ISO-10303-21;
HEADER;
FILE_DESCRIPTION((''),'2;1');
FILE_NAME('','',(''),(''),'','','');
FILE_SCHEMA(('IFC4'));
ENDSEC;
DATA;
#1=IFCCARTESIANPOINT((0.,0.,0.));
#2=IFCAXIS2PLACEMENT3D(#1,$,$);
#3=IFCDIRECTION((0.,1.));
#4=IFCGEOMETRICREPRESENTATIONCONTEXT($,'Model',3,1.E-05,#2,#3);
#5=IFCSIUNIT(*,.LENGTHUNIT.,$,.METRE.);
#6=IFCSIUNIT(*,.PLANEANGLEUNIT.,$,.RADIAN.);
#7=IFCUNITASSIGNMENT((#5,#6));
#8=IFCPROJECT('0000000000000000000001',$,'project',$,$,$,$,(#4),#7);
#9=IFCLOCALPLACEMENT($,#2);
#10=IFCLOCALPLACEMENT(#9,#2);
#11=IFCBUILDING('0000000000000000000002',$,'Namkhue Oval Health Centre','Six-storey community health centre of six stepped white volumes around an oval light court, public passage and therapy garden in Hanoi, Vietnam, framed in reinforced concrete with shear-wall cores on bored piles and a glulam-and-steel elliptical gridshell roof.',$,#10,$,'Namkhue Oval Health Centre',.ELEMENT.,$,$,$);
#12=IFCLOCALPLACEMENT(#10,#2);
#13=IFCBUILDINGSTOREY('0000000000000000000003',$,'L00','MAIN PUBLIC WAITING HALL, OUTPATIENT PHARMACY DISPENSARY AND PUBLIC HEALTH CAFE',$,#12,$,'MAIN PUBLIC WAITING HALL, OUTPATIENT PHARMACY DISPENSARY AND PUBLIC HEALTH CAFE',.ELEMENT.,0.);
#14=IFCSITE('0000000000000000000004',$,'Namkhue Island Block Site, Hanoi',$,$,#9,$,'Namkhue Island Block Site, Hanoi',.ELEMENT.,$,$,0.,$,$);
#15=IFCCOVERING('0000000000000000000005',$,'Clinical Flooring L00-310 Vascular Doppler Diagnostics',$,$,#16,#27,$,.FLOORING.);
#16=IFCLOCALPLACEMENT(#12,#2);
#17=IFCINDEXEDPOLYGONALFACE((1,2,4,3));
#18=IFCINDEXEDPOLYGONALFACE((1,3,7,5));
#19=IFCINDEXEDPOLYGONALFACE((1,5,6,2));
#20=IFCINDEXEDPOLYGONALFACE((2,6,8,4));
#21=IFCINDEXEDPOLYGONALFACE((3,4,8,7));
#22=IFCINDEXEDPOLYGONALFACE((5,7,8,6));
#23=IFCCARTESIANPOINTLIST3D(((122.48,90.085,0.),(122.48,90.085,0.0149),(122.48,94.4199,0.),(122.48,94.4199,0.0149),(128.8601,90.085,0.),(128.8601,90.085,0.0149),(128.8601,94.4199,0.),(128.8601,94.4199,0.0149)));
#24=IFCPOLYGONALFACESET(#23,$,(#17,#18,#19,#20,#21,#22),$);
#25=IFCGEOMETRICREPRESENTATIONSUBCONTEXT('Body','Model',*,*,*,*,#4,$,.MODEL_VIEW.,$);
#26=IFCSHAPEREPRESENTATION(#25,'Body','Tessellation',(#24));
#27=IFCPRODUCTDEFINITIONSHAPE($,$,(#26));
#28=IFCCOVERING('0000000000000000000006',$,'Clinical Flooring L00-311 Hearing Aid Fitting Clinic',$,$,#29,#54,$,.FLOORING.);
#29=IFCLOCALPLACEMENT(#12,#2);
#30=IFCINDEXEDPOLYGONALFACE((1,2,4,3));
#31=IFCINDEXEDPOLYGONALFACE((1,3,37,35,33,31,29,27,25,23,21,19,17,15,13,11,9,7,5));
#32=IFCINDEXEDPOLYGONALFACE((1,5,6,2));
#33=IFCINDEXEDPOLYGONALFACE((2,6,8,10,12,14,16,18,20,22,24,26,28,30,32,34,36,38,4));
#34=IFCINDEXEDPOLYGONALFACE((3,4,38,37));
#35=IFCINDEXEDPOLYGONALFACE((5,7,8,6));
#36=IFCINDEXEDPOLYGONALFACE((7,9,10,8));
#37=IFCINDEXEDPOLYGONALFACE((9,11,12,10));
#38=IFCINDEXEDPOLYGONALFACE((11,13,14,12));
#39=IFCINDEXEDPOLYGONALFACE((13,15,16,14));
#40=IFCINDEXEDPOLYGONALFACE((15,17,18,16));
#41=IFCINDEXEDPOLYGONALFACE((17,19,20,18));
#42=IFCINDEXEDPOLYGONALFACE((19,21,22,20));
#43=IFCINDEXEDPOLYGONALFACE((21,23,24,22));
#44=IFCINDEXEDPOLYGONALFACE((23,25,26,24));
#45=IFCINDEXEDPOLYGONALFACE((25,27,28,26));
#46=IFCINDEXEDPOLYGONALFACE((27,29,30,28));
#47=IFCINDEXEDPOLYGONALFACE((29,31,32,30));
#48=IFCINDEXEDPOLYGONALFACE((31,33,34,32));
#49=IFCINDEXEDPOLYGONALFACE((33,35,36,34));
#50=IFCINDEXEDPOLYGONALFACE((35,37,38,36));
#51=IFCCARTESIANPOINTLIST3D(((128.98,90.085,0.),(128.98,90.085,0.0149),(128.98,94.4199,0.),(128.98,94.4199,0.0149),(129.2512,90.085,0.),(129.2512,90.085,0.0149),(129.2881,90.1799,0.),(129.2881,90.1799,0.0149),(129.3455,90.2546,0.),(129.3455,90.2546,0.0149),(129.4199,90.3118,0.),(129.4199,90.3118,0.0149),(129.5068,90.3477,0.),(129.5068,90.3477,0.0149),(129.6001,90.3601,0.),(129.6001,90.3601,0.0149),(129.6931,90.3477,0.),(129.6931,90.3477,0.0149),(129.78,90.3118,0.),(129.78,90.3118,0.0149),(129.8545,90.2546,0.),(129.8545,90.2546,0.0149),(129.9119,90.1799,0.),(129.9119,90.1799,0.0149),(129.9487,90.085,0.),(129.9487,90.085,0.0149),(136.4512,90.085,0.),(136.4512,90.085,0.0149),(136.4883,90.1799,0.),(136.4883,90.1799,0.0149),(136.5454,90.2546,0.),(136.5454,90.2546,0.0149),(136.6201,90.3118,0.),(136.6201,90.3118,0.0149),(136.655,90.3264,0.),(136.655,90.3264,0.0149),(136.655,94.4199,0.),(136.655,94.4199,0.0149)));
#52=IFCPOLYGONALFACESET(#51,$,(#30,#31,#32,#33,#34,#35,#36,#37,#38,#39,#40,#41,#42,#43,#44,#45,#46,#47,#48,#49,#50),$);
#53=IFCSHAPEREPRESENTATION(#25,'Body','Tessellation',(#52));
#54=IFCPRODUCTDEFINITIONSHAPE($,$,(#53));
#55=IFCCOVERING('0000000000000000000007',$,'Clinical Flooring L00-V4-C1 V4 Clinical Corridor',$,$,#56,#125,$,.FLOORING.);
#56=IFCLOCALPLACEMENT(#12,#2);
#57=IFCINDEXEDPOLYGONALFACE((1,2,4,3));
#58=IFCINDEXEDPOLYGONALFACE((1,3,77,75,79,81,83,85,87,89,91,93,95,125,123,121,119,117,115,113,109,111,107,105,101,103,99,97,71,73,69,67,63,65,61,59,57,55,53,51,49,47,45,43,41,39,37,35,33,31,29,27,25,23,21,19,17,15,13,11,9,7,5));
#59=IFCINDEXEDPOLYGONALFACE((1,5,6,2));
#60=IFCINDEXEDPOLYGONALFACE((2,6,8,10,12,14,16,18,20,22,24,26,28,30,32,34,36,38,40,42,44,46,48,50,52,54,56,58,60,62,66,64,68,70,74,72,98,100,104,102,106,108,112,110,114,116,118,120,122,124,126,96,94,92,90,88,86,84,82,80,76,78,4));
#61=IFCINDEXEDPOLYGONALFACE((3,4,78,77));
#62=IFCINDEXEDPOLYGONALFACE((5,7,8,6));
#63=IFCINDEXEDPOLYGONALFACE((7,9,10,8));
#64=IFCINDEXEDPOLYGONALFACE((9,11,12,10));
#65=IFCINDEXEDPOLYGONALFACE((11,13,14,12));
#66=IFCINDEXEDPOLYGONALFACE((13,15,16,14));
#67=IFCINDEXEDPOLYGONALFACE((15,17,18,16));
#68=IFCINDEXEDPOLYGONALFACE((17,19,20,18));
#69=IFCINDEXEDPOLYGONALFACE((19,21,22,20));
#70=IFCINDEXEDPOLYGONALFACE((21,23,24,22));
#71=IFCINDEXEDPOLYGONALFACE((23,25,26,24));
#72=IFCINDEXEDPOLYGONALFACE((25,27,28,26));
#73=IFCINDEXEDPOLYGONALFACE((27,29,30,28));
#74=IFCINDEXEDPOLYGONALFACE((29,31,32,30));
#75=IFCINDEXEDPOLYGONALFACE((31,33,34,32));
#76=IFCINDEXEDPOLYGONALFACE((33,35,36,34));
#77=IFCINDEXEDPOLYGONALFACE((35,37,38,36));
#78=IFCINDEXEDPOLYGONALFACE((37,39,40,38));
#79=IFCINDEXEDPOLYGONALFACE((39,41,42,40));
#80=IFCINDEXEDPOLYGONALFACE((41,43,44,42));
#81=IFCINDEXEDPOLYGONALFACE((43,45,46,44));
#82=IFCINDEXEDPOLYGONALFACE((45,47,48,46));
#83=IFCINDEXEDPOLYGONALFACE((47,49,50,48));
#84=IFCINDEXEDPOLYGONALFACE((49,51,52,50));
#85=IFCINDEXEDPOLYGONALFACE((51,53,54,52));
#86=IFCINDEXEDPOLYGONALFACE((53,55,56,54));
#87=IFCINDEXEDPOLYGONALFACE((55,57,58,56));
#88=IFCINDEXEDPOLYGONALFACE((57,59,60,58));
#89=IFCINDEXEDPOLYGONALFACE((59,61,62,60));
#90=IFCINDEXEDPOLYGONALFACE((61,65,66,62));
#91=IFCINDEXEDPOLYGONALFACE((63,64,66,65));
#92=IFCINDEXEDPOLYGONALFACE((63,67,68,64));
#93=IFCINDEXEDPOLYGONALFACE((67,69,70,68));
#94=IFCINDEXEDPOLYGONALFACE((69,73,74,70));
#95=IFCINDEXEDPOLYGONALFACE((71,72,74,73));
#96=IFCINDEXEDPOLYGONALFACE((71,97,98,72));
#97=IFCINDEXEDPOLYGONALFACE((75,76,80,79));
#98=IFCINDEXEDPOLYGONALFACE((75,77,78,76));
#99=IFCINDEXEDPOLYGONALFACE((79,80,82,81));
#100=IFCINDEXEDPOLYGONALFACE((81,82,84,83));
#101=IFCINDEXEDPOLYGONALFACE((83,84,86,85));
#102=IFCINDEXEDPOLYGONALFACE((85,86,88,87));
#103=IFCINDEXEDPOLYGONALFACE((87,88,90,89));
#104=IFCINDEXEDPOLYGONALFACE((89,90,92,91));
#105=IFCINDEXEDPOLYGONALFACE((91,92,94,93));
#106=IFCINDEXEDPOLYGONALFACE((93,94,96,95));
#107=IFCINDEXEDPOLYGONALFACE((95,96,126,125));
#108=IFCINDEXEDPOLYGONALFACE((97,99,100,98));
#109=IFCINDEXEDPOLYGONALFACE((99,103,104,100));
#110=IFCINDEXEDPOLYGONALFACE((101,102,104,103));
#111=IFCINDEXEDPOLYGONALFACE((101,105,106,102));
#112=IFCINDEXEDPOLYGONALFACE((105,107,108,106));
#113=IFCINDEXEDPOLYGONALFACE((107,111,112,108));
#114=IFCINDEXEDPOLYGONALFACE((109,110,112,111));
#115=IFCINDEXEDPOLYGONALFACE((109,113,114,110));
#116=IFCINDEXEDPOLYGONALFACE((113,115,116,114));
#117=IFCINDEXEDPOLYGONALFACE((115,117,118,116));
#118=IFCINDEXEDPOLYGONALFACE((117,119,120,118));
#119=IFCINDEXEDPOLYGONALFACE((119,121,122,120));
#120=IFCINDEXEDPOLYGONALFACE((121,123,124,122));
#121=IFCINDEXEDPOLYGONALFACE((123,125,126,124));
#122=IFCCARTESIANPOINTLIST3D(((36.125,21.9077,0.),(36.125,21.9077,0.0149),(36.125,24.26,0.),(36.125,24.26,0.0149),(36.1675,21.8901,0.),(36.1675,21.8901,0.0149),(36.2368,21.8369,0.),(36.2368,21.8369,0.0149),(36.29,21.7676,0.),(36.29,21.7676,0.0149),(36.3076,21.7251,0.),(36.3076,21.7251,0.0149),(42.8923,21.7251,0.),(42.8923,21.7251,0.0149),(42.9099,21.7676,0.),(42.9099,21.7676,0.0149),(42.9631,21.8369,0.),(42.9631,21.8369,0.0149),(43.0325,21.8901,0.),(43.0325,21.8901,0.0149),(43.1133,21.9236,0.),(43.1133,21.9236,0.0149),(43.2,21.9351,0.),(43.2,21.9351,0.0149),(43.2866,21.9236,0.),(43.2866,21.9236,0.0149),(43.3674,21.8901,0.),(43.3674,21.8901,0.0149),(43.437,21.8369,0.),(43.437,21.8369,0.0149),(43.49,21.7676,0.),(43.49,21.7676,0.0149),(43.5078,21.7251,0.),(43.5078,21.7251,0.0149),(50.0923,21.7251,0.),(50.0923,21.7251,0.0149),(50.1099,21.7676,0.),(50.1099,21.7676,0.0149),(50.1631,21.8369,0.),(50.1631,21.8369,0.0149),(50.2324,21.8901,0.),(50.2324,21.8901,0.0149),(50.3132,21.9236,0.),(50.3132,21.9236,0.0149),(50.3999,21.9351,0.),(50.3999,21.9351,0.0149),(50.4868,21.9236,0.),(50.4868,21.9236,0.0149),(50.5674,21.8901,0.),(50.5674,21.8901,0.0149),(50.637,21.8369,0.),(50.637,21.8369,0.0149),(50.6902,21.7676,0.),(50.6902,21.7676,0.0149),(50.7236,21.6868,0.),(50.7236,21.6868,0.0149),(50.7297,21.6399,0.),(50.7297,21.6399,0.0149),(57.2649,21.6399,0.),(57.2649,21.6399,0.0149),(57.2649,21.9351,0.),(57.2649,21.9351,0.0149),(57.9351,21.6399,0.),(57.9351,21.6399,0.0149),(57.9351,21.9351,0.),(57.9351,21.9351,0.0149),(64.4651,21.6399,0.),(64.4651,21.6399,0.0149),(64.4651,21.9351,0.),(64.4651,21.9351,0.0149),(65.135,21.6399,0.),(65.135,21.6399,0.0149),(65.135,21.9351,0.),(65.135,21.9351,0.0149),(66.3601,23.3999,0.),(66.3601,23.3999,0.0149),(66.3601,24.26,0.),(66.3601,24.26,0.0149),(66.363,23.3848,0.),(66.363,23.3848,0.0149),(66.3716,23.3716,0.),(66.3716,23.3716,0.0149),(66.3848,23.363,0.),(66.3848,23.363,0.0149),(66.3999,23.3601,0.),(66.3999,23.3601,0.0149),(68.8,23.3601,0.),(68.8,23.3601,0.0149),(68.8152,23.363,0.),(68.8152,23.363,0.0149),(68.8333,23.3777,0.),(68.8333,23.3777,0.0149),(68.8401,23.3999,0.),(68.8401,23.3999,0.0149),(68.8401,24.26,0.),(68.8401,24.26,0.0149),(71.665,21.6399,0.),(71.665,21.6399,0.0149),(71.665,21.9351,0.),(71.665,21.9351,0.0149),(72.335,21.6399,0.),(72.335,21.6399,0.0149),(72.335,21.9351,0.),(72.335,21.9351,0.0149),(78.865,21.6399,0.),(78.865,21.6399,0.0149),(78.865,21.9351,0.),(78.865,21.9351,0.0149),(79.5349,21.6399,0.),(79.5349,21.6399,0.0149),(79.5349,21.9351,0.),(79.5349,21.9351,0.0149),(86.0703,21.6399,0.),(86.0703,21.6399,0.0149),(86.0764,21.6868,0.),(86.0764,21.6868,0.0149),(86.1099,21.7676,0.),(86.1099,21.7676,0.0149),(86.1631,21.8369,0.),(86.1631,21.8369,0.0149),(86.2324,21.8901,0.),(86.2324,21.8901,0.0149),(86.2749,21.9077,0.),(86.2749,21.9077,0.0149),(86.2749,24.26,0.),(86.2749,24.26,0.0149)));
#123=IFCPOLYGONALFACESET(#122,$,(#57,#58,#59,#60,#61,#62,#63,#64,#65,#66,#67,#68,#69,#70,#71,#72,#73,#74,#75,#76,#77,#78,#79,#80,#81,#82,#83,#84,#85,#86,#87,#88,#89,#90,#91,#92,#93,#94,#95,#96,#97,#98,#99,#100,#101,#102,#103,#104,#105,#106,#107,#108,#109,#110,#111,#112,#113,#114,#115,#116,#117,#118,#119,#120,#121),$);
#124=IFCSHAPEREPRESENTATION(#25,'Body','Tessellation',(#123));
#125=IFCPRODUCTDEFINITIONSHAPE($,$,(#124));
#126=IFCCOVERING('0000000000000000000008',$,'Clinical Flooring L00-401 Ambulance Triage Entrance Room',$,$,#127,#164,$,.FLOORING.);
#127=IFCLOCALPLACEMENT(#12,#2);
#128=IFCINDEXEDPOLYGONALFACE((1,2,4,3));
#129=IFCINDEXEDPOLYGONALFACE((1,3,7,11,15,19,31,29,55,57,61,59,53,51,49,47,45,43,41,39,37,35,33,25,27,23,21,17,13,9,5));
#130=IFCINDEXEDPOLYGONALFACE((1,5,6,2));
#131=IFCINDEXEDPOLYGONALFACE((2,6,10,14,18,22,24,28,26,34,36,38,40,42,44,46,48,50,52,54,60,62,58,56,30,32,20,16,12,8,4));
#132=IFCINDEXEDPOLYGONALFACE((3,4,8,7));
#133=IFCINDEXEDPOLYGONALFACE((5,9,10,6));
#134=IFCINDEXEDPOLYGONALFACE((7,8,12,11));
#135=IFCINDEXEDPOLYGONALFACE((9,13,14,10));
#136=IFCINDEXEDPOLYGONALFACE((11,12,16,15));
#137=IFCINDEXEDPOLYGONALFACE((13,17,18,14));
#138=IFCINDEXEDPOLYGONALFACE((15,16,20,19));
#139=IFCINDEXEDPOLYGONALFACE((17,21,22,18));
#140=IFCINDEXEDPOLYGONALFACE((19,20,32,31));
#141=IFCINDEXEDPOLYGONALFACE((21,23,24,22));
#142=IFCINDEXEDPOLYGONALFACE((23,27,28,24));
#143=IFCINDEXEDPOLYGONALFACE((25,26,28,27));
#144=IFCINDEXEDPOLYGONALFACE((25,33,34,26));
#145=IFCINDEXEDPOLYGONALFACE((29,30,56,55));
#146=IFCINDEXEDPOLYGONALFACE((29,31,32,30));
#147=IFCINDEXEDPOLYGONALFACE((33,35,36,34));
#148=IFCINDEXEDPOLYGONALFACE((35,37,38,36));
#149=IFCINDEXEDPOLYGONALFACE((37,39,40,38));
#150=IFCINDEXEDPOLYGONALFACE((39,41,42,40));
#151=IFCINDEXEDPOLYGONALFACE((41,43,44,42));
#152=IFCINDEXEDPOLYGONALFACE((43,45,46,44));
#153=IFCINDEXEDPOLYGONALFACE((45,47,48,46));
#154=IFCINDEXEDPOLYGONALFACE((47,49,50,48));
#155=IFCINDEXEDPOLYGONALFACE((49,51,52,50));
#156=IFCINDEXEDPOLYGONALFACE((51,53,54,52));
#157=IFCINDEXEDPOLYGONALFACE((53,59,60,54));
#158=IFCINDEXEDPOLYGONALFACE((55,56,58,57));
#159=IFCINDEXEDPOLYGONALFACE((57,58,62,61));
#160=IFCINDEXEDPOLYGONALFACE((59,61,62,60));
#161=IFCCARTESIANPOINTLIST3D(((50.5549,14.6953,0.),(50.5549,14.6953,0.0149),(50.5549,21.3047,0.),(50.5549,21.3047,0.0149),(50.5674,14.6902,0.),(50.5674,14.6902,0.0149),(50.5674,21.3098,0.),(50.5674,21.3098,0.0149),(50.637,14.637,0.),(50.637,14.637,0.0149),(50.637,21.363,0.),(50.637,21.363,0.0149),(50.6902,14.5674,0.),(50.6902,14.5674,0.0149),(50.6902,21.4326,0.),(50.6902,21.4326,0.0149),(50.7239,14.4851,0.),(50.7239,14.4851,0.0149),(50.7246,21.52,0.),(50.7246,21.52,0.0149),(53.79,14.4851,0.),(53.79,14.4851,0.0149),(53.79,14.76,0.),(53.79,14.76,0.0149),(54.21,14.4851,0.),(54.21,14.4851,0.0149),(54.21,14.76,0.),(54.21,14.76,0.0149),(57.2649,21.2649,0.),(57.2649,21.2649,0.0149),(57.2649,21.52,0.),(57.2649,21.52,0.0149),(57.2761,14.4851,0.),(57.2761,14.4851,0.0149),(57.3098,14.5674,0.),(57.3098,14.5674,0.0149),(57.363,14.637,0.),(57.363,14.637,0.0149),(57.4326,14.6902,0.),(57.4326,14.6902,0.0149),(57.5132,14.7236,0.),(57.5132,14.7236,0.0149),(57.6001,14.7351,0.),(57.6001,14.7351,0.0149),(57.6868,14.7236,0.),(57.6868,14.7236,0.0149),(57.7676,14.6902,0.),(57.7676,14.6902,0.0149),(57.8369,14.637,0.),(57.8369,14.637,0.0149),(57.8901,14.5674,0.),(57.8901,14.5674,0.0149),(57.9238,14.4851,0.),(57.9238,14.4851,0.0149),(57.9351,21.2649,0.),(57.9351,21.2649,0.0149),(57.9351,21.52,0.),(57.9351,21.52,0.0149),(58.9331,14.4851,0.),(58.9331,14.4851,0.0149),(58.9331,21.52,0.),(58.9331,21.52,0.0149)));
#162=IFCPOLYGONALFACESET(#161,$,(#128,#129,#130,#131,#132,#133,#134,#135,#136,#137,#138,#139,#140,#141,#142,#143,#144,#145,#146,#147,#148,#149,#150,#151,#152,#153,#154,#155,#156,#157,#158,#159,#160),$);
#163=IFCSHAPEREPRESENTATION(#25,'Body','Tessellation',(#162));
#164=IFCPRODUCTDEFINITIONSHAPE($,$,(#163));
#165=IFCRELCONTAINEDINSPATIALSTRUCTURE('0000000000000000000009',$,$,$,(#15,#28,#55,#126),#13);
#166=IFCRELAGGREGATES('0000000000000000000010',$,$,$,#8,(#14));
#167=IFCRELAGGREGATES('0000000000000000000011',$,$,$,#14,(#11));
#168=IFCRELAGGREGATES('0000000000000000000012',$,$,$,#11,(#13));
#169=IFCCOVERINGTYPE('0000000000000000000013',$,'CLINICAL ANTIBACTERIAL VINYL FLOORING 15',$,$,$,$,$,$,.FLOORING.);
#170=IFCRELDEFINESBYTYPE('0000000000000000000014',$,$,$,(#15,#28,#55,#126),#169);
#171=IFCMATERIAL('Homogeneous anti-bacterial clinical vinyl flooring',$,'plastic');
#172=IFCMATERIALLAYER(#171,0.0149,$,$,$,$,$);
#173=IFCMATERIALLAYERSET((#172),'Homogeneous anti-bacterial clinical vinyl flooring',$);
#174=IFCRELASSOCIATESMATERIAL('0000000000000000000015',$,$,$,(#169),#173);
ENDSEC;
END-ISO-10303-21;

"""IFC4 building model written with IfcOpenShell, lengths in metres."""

from ifc_helpers import new_model, si_unit, direction, origin, place, context, subcontext, project, spatial, polyline, outline, extrude, material, layer, layer_set, type_object, element, save


model = new_model("IFC4")

# Units and contexts
model_context = context("Model", 3, precision=1e-05, world=origin(), true_north=direction((0.0, 1.0)))
body_context = subcontext(model_context, "Body", "Model", "MODEL_VIEW")
ifc_project = project(units=[si_unit("LENGTHUNIT", "METRE"), si_unit("PLANEANGLEUNIT", "RADIAN")], contexts=[model_context])

# Site, building, storey
site_placement = place(None, origin())
site = spatial("IfcSite", under=ifc_project, at=site_placement, Name="Namkhue Island Block Site, Hanoi", LongName="Namkhue Island Block Site, Hanoi", CompositionType="ELEMENT", RefElevation=0.0)
building_placement = place(site_placement, origin())
building = spatial("IfcBuilding", under=site, at=building_placement, Name="Namkhue Oval Health Centre", Description="Six-storey community health centre of six stepped white volumes around an oval light court, public passage and therapy garden in Hanoi, Vietnam, framed in reinforced concrete with shear-wall cores on bored piles and a glulam-and-steel elliptical gridshell roof.", LongName="Namkhue Oval Health Centre", CompositionType="ELEMENT")
storey_placement = place(building_placement, origin())
storey = spatial("IfcBuildingStorey", under=building, at=storey_placement, Name="L00", Description="MAIN PUBLIC WAITING HALL, OUTPATIENT PHARMACY DISPENSARY AND PUBLIC HEALTH CAFE", LongName="MAIN PUBLIC WAITING HALL, OUTPATIENT PHARMACY DISPENSARY AND PUBLIC HEALTH CAFE", CompositionType="ELEMENT", Elevation=0.0)

# Coverings
ifc_material_1 = material(Name="Homogeneous anti-bacterial clinical vinyl flooring", Category="plastic")
ifc_layer_1 = layer(ifc_material_1, 0.0149)
ifc_layer_set_1 = layer_set([ifc_layer_1], Name="Homogeneous anti-bacterial clinical vinyl flooring")
covering_type = type_object("IfcCoveringType", Name="CLINICAL ANTIBACTERIAL VINYL FLOORING 15", PredefinedType="FLOORING", material=ifc_layer_set_1)
covering_1_placement = place(storey_placement, origin())
element("IfcCovering", 1, at=covering_1_placement, inside=storey, type_object=covering_type, Name="Clinical Flooring L00-310 Vascular Doppler Diagnostics", PredefinedType="FLOORING", context=body_context, shape_type="SweptSolid", body=[
    extrude(outline(polyline([(122.48, 90.085), (122.48, 94.4199), (128.8601, 94.4199), (128.8601, 90.085), (122.48, 90.085)])), origin(), (0.0, 0.0, 1.0), 0.0149),
])
covering_2_placement = place(storey_placement, origin())
element("IfcCovering", 2, at=covering_2_placement, inside=storey, type_object=covering_type, Name="Clinical Flooring L00-311 Hearing Aid Fitting Clinic", PredefinedType="FLOORING", context=body_context, shape_type="SweptSolid", body=[
    extrude(outline(polyline([(129.9487, 90.085), (129.9119, 90.1799), (129.8545, 90.2546), (129.78, 90.3118), (129.6931, 90.3477), (129.6001, 90.3601), (129.5068, 90.3477), (129.4199, 90.3118), (129.3455, 90.2546), (129.2881, 90.1799), (129.2512, 90.085), (128.98, 90.085), (128.98, 94.4199), (136.655, 94.4199), (136.655, 90.3264), (136.6201, 90.3118), (136.5454, 90.2546), (136.4883, 90.1799), (136.4512, 90.085), (129.9487, 90.085)])), origin(), (0.0, 0.0, 1.0), 0.0149),
])
covering_3_placement = place(storey_placement, origin())
element("IfcCovering", 3, at=covering_3_placement, inside=storey, type_object=covering_type, Name="Clinical Flooring L00-V4-C1 V4 Clinical Corridor", PredefinedType="FLOORING", context=body_context, shape_type="SweptSolid", body=[
    extrude(outline(polyline([(43.5078, 21.7251), (43.49, 21.7676), (43.437, 21.8369), (43.3674, 21.8901), (43.2866, 21.9236), (43.2, 21.9351), (43.1133, 21.9236), (43.0325, 21.8901), (42.9631, 21.8369), (42.9099, 21.7676), (42.8923, 21.7251), (36.3076, 21.7251), (36.29, 21.7676), (36.2368, 21.8369), (36.1675, 21.8901), (36.125, 21.9077), (36.125, 24.26), (66.3601, 24.26), (66.3601, 23.3999), (66.363, 23.3848), (66.3716, 23.3716), (66.3848, 23.363), (66.3999, 23.3601), (68.8, 23.3601), (68.8152, 23.363), (68.8333, 23.3777), (68.8401, 23.3999), (68.8401, 24.26), (86.2749, 24.26), (86.2749, 21.9077), (86.2324, 21.8901), (86.1631, 21.8369), (86.1099, 21.7676), (86.0764, 21.6868), (86.0703, 21.6399), (79.5349, 21.6399), (79.5349, 21.9351), (78.865, 21.9351), (78.865, 21.6399), (72.335, 21.6399), (72.335, 21.9351), (71.665, 21.9351), (71.665, 21.6399), (65.135, 21.6399), (65.135, 21.9351), (64.4651, 21.9351), (64.4651, 21.6399), (57.9351, 21.6399), (57.9351, 21.9351), (57.2649, 21.9351), (57.2649, 21.6399), (50.7297, 21.6399), (50.7236, 21.6868), (50.6902, 21.7676), (50.637, 21.8369), (50.5674, 21.8901), (50.4868, 21.9236), (50.3999, 21.9351), (50.3132, 21.9236), (50.2324, 21.8901), (50.1631, 21.8369), (50.1099, 21.7676), (50.0923, 21.7251), (43.5078, 21.7251)])), origin(), (0.0, 0.0, 1.0), 0.0149),
])
covering_4_placement = place(storey_placement, origin())
element("IfcCovering", 4, at=covering_4_placement, inside=storey, type_object=covering_type, Name="Clinical Flooring L00-401 Ambulance Triage Entrance Room", PredefinedType="FLOORING", context=body_context, shape_type="SweptSolid", body=[
    extrude(outline(polyline([(57.9238, 14.4851), (57.8901, 14.5674), (57.8369, 14.637), (57.7676, 14.6902), (57.6868, 14.7236), (57.6001, 14.7351), (57.5132, 14.7236), (57.4326, 14.6902), (57.363, 14.637), (57.3098, 14.5674), (57.2761, 14.4851), (54.21, 14.4851), (54.21, 14.76), (53.79, 14.76), (53.79, 14.4851), (50.7239, 14.4851), (50.6902, 14.5674), (50.637, 14.637), (50.5674, 14.6902), (50.5549, 14.6953), (50.5549, 21.3047), (50.5674, 21.3098), (50.637, 21.363), (50.6902, 21.4326), (50.7246, 21.52), (57.2649, 21.52), (57.2649, 21.2649), (57.9351, 21.2649), (57.9351, 21.52), (58.9331, 21.52), (58.9331, 14.4851), (57.9238, 14.4851)])), origin(), (0.0, 0.0, 1.0), 0.0149),
])

save(model, "model.ifc")
